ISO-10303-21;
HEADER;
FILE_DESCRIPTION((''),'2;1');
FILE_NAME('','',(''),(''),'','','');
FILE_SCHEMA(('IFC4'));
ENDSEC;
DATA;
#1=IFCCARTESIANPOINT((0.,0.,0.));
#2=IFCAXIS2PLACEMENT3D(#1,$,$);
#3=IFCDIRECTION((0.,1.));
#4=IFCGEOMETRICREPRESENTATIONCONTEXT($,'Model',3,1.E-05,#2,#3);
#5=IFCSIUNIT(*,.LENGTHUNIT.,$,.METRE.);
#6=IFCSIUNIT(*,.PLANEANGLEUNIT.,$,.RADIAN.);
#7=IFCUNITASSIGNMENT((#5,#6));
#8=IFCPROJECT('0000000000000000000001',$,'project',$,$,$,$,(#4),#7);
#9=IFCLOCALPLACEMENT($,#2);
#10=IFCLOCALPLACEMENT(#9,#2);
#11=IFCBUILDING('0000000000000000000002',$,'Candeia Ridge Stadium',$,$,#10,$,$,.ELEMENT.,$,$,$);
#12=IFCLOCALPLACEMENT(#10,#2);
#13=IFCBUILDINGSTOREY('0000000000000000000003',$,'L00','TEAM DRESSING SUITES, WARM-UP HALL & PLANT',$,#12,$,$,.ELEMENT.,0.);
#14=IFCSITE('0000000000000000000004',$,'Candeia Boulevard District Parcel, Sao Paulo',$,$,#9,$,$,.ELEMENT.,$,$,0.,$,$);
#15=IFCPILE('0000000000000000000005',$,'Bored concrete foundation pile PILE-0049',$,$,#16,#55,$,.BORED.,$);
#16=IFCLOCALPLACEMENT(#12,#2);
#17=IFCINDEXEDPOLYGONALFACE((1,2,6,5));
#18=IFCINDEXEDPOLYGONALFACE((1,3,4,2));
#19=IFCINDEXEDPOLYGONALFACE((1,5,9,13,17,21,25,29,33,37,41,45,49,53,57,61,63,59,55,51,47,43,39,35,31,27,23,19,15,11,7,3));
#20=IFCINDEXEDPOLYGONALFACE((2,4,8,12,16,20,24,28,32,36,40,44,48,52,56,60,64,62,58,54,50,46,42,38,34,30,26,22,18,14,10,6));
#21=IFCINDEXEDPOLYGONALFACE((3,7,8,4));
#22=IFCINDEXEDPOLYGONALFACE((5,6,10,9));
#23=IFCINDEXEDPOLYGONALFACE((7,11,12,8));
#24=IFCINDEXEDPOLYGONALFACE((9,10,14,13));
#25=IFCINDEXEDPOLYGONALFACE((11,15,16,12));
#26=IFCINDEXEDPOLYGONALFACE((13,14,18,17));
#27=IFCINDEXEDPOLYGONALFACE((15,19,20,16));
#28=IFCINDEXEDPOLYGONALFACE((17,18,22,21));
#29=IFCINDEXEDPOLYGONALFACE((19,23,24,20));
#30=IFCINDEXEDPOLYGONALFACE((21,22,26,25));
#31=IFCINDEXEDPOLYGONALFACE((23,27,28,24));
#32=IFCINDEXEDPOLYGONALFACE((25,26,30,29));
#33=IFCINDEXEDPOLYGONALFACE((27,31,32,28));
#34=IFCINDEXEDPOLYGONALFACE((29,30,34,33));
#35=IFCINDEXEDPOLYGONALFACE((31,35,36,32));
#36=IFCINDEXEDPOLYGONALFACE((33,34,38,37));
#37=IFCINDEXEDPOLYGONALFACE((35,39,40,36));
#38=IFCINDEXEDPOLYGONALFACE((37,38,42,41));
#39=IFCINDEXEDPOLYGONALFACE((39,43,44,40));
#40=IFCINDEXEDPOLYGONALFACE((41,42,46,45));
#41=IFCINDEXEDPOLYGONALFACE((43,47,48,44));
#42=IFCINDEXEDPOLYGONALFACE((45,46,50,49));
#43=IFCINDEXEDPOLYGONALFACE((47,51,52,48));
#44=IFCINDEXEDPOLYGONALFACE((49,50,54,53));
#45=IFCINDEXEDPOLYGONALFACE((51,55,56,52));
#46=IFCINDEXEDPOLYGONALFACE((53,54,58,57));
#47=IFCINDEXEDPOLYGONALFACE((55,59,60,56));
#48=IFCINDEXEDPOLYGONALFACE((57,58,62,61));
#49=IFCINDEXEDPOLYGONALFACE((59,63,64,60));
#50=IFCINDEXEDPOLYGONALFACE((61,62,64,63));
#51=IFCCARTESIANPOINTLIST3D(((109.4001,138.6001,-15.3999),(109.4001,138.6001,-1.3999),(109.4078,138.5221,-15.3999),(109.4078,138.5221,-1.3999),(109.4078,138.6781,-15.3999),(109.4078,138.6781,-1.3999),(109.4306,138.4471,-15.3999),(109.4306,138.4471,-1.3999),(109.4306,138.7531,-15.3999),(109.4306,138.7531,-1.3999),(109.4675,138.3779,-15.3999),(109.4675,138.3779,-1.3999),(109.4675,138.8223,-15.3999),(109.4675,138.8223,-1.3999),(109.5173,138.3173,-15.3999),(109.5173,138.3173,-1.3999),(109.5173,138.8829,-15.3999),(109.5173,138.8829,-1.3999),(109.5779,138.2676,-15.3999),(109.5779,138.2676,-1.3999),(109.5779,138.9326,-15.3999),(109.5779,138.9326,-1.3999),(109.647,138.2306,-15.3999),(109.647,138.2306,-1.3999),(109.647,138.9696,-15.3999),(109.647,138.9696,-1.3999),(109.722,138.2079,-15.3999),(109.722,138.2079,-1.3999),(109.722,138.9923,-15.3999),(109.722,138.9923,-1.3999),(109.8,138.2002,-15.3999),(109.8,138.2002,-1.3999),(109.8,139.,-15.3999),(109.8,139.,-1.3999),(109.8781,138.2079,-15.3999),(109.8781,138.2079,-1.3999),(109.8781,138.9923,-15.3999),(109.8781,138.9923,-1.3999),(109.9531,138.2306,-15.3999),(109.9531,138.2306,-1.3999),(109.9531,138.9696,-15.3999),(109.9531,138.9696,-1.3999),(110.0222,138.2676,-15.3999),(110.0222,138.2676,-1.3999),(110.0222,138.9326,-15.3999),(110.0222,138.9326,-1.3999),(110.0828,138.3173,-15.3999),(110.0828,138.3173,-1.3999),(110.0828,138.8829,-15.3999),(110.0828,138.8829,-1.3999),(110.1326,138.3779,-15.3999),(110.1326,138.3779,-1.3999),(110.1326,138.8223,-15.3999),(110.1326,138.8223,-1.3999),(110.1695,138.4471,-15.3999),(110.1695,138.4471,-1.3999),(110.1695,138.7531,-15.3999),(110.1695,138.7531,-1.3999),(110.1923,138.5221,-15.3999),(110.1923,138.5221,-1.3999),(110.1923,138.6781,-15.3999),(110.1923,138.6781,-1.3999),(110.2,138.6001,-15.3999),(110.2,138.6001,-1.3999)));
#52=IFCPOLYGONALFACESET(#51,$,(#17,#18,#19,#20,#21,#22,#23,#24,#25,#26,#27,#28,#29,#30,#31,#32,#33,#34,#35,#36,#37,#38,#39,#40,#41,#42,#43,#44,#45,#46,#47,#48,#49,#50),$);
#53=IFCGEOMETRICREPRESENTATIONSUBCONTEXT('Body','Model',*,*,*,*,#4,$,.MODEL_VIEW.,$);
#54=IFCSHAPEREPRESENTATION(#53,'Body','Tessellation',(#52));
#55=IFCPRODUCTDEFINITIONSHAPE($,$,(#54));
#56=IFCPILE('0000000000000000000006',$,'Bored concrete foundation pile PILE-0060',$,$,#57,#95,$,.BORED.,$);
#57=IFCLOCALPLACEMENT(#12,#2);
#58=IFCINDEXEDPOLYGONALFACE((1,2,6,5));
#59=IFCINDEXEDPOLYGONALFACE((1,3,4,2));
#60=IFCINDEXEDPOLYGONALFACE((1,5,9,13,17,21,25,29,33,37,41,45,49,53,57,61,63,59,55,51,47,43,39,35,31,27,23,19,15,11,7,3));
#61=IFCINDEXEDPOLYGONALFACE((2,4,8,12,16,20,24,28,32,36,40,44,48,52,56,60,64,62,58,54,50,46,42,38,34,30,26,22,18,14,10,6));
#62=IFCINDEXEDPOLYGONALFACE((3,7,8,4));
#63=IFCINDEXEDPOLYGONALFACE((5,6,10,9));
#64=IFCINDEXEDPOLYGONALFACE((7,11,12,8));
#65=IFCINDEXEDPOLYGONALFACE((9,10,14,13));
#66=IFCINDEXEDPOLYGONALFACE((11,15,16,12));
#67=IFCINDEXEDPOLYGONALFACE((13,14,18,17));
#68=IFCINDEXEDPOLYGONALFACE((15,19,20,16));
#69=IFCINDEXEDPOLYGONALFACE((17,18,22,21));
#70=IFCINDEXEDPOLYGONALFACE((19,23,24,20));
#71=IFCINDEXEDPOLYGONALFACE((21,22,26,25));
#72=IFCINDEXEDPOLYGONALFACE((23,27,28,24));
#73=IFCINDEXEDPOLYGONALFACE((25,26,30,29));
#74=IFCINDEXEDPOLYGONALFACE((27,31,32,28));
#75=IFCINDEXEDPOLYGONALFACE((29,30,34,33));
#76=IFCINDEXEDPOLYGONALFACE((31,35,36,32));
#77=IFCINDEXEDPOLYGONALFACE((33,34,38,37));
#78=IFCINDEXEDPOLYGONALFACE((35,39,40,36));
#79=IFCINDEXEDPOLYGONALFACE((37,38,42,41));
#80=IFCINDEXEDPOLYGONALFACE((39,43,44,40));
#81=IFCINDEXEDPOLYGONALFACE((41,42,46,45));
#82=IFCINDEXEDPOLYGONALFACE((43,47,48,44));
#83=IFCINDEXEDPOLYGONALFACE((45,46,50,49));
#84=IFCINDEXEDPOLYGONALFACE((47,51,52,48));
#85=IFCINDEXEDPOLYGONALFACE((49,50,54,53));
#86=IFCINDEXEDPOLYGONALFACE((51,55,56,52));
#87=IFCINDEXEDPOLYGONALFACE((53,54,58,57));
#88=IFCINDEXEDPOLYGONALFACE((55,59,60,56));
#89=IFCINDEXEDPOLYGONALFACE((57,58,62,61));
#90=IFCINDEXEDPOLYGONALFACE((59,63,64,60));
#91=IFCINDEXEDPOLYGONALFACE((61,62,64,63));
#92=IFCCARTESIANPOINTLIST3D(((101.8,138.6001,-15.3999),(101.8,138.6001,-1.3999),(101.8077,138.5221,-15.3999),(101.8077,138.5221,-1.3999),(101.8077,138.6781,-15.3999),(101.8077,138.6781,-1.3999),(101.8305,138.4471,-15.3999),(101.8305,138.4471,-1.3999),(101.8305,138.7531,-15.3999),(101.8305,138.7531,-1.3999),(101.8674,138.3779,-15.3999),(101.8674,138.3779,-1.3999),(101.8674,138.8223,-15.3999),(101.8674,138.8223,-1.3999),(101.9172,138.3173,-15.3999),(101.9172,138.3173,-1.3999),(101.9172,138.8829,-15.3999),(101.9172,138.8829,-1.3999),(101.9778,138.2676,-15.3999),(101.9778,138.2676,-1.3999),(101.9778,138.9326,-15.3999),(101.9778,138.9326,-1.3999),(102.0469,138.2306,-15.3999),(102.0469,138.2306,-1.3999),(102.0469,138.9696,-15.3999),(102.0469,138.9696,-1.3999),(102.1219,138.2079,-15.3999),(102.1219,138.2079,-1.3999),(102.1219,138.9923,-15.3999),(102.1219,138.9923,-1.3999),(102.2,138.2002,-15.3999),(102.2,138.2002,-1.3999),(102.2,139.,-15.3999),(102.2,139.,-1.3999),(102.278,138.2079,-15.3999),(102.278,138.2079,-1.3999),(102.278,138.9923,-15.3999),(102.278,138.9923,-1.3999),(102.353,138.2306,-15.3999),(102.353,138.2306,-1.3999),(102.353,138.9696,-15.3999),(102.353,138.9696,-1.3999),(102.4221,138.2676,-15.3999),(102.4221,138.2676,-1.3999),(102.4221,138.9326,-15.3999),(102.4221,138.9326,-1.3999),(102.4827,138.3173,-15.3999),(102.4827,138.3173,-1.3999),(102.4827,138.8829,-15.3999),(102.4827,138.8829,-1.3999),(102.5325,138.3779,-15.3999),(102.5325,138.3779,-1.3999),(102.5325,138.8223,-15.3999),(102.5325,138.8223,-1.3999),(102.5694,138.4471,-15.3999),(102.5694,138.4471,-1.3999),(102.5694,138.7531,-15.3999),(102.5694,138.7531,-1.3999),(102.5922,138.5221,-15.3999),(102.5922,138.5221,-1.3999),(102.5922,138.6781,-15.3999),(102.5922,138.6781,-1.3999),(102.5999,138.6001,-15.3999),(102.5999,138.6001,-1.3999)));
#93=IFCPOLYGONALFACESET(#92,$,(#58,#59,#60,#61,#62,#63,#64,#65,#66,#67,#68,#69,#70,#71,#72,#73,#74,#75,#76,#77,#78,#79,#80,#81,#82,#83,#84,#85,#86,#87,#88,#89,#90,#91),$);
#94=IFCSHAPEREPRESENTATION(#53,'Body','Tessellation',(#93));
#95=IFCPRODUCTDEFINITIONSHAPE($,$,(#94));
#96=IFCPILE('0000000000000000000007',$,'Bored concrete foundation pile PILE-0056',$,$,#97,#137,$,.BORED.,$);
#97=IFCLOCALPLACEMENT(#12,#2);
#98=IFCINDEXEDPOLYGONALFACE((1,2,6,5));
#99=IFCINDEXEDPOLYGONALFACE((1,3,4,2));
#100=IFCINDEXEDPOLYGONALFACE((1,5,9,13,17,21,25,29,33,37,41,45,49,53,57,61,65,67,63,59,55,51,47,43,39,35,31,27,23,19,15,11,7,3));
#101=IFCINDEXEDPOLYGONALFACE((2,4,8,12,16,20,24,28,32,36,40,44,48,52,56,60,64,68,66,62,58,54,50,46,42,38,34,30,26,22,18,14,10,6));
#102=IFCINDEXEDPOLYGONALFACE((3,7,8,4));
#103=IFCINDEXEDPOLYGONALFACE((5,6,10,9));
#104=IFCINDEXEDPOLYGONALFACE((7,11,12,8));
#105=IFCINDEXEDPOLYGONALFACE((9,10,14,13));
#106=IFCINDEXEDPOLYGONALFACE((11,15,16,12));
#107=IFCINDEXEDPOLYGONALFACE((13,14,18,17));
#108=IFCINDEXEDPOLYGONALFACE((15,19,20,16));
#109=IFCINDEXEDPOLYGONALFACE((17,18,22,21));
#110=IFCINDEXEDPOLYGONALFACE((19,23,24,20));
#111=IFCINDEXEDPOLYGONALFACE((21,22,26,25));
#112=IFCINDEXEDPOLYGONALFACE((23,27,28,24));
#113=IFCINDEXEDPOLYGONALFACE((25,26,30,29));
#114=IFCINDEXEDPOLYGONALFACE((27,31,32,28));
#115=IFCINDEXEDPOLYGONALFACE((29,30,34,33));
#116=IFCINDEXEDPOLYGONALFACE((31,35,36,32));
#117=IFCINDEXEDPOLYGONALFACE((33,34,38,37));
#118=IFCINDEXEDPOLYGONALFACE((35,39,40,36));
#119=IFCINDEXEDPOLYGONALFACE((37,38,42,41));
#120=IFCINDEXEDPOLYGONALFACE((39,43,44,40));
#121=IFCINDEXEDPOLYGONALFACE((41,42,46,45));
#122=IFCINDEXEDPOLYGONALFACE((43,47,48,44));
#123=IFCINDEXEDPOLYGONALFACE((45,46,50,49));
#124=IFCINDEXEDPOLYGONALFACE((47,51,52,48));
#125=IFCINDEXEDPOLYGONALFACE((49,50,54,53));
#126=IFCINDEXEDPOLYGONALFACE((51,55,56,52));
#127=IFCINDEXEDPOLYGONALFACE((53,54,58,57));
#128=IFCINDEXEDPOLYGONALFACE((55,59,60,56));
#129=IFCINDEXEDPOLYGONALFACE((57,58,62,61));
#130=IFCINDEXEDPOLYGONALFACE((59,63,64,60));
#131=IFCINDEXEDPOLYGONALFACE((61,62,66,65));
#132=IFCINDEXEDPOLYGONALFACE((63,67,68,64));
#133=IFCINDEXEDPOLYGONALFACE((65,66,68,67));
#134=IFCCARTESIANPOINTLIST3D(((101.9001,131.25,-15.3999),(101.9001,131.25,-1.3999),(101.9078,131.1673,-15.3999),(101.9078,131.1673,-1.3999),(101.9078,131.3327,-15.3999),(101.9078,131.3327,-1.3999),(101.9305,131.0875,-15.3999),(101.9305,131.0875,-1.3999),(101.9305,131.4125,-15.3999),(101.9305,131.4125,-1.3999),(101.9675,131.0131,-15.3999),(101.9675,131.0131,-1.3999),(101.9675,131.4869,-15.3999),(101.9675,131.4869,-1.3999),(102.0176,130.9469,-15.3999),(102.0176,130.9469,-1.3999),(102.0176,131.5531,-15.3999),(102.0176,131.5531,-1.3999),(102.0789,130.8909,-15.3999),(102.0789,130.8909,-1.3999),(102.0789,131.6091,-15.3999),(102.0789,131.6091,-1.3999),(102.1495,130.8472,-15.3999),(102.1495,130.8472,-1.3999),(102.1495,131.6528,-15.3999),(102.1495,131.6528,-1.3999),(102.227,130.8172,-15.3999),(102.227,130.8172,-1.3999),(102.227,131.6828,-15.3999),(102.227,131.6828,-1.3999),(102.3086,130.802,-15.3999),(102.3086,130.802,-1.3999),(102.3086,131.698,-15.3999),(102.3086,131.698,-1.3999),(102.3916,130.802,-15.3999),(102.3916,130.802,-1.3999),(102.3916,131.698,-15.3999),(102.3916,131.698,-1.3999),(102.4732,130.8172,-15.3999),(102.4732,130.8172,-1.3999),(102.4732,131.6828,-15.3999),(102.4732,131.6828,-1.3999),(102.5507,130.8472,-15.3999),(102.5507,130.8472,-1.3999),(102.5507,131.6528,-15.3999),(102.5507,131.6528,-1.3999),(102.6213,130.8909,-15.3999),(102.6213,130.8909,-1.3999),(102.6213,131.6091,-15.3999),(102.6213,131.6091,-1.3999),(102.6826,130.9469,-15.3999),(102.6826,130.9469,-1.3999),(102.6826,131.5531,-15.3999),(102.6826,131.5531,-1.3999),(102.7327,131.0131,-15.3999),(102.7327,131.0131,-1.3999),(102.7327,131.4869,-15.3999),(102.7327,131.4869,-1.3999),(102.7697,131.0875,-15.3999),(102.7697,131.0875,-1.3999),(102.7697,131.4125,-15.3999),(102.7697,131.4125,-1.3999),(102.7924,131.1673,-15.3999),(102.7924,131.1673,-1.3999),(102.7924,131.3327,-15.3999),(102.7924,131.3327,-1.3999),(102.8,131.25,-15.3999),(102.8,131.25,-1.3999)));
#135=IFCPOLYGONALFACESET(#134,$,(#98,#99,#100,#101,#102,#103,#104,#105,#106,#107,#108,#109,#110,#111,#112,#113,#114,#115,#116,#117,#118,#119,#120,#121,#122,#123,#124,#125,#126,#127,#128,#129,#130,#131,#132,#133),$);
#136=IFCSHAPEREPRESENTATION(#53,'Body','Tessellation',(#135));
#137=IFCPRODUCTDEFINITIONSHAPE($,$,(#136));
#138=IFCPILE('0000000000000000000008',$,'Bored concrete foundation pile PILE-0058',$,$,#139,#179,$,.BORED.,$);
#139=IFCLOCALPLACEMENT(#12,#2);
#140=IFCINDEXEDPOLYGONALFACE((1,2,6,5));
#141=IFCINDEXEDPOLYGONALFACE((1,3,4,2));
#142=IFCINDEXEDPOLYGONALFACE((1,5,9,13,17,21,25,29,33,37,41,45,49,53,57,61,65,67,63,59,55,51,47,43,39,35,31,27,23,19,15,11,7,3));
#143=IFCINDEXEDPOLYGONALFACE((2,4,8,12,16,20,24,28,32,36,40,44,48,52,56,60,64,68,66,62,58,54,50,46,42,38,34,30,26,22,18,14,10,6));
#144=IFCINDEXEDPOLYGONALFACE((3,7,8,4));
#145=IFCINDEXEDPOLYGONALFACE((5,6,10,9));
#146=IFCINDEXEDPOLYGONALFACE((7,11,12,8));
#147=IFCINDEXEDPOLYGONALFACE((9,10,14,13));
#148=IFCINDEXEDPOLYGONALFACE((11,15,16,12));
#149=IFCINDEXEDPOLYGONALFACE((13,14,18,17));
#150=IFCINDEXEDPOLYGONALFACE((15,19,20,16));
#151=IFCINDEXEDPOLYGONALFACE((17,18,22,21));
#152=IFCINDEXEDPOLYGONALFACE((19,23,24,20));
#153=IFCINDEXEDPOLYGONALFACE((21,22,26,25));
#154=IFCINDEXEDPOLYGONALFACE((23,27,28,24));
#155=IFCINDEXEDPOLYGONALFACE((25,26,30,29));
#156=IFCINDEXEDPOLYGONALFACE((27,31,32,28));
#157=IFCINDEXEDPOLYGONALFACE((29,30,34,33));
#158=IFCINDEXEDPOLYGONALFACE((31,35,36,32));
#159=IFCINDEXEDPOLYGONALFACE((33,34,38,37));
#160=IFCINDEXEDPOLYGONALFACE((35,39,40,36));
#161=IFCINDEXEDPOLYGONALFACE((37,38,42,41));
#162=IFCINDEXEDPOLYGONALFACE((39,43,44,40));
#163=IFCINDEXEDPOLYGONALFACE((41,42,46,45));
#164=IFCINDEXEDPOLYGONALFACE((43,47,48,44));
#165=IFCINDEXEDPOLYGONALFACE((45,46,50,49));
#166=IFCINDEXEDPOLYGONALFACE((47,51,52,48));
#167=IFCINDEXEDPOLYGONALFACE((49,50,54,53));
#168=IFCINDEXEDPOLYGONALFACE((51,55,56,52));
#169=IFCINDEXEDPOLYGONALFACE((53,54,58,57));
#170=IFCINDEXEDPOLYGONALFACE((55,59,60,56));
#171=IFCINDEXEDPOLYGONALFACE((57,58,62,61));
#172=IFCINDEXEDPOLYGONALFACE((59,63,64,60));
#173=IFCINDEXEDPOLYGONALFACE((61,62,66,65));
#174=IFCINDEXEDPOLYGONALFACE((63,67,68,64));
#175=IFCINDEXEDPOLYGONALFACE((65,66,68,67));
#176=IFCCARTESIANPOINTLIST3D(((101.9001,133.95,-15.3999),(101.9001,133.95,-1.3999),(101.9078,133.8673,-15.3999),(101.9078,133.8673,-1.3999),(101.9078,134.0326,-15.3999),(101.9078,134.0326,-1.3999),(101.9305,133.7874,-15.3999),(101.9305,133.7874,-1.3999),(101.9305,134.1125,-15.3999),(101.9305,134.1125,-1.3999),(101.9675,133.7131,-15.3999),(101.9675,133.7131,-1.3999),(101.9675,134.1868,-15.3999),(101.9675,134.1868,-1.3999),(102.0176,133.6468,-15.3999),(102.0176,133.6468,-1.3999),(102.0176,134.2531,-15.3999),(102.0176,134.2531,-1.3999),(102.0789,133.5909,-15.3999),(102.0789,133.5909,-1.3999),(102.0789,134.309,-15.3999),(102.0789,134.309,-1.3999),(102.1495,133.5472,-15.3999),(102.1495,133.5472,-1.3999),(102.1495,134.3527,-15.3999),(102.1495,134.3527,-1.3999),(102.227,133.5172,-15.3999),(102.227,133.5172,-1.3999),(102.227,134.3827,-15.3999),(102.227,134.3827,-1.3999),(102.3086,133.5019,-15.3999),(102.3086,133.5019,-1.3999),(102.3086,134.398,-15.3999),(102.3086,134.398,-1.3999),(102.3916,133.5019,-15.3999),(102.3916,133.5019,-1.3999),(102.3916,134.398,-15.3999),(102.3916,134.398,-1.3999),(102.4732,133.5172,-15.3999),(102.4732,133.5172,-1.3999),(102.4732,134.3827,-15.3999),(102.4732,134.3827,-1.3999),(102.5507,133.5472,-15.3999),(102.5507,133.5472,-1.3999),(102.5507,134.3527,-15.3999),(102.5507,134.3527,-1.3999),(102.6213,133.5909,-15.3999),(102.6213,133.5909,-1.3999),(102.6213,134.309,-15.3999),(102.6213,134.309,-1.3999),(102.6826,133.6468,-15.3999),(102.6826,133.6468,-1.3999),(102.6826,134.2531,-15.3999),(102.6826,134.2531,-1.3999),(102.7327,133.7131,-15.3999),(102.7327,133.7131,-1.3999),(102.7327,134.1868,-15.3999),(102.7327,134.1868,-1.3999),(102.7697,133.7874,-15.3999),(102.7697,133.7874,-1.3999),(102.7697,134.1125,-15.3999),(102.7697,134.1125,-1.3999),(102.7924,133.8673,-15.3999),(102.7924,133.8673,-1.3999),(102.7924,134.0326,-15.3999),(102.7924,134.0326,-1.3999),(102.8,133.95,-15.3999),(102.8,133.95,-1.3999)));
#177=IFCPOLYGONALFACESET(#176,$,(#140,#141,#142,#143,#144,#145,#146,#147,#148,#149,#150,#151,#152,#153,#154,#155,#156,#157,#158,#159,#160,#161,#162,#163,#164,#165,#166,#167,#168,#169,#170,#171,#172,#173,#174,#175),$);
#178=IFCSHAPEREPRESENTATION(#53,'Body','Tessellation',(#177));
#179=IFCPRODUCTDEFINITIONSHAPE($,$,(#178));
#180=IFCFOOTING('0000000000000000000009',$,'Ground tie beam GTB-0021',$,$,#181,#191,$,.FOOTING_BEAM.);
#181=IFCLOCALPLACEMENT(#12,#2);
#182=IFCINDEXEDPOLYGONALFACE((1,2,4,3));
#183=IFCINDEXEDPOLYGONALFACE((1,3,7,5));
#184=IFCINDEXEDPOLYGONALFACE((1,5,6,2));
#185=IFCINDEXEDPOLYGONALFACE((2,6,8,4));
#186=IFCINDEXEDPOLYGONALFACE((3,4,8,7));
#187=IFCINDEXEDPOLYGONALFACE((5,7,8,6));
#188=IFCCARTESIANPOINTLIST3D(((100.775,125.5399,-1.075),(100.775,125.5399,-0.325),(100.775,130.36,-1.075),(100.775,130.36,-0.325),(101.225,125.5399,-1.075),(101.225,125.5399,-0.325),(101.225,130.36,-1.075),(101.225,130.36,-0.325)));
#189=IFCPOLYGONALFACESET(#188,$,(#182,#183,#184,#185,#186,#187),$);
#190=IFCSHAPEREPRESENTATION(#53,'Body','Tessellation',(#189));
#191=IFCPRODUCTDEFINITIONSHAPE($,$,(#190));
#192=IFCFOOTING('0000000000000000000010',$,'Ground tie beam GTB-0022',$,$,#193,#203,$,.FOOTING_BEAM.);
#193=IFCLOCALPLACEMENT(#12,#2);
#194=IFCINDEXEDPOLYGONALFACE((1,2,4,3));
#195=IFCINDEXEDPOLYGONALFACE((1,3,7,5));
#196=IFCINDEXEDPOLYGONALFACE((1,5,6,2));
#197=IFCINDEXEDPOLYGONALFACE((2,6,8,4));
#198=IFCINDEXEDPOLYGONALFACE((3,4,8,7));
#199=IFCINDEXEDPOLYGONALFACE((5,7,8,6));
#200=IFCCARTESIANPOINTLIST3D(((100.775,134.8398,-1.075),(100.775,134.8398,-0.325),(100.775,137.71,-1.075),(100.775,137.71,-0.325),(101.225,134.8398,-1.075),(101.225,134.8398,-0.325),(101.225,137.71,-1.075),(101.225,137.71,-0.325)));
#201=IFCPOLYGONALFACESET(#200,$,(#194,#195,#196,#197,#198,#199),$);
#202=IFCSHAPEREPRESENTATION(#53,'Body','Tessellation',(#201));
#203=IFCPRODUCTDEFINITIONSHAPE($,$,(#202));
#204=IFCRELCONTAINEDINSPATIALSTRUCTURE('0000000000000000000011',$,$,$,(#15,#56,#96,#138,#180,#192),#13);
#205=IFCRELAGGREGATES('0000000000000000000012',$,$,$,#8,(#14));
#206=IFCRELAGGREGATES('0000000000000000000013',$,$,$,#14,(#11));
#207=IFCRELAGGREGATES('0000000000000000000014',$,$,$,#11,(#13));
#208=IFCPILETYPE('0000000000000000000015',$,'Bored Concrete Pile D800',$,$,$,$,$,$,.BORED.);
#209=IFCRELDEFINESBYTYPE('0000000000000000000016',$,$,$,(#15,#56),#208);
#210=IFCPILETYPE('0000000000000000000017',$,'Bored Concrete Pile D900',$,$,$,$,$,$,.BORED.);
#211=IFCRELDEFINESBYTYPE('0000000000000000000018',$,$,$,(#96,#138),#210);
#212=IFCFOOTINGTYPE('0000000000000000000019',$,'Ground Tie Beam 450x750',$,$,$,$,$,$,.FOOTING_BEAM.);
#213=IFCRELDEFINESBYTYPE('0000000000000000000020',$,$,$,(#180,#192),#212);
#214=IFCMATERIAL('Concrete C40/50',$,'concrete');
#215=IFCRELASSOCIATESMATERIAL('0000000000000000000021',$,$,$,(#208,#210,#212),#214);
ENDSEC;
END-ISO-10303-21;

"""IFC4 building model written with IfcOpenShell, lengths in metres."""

from ifc_helpers import new_model, si_unit, direction, frame, origin, origin_2d, place, context, subcontext, project, spatial, rectangle, circle, extrude, material, material_profile, profile_set, type_object, element, save


model = new_model("IFC4")

# Units and contexts
model_context = context("Model", 3, precision=1e-05, world=origin(), true_north=direction((0.0, 1.0)))
body_context = subcontext(model_context, "Body", "Model", "MODEL_VIEW")
ifc_project = project(units=[si_unit("LENGTHUNIT", "METRE"), si_unit("PLANEANGLEUNIT", "RADIAN")], contexts=[model_context])

# Site, building, storey
site_placement = place(None, origin())
site = spatial("IfcSite", under=ifc_project, at=site_placement, Name="Candeia Boulevard District Parcel, Sao Paulo", CompositionType="ELEMENT", RefElevation=0.0)
building_placement = place(site_placement, origin())
building = spatial("IfcBuilding", under=site, at=building_placement, Name="Candeia Ridge Stadium", CompositionType="ELEMENT")
storey_placement = place(building_placement, origin())
storey = spatial("IfcBuildingStorey", under=building, at=storey_placement, Name="L00", Description="TEAM DRESSING SUITES, WARM-UP HALL & PLANT", CompositionType="ELEMENT", Elevation=0.0)

# Piles
ifc_material_1 = material(Name="Concrete C40/50", Category="concrete")
ifc_material_profile_1 = material_profile(ifc_material_1, circle(Radius=0.3999, at=origin_2d()), Name="PILE-D800", Category="concrete")
ifc_profile_set_1 = profile_set([ifc_material_profile_1], Name="Concrete C40/50")
pile_type_1 = type_object("IfcPileType", Name="Bored Concrete Pile D800", PredefinedType="BORED", material=ifc_profile_set_1)
for number, where, z_axis, x_axis, name in (
    (1, (109.8, 138.6001, -1.3999), (0.0, 0.0, -1.0), (1.0, 0.0, 0.0), "Bored concrete foundation pile PILE-0049"),
    (2, (102.2, 138.6001, -1.3999), (0.0, 0.0, -1.0), (1.0, 0.0, 0.0), "Bored concrete foundation pile PILE-0060"),
):
    element("IfcPile", number, at=place(storey_placement, frame(where, z_axis=z_axis, x_axis=x_axis)), inside=storey, type_object=pile_type_1, Name=name, PredefinedType="BORED", context=body_context, shape_type="SweptSolid", body=[
        extrude(circle(Radius=0.3999, at=origin_2d()), origin(), (0.0, 0.0, 1.0), 14.0),
    ])
ifc_material_profile_2 = material_profile(ifc_material_1, circle(Radius=0.45, at=origin_2d()), Name="PILE-D900", Category="concrete")
ifc_profile_set_2 = profile_set([ifc_material_profile_2], Name="Concrete C40/50")
pile_type_2 = type_object("IfcPileType", Name="Bored Concrete Pile D900", PredefinedType="BORED", material=ifc_profile_set_2)
for number, where, z_axis, x_axis, name in (
    (3, (102.3501, 131.25, -1.3999), (0.0, 0.0, -1.0), (1.0, 0.0, 0.0), "Bored concrete foundation pile PILE-0056"),
    (4, (102.3501, 133.95, -1.3999), (0.0, 0.0, -1.0), (1.0, 0.0, 0.0), "Bored concrete foundation pile PILE-0058"),
):
    element("IfcPile", number, at=place(storey_placement, frame(where, z_axis=z_axis, x_axis=x_axis)), inside=storey, type_object=pile_type_2, Name=name, PredefinedType="BORED", context=body_context, shape_type="SweptSolid", body=[
        extrude(circle(Radius=0.45, at=origin_2d()), origin(), (0.0, 0.0, 1.0), 14.0),
    ])

# Footings
footing_type_1 = type_object("IfcFootingType", Name="Ground Tie Beam 450x750", PredefinedType="FOOTING_BEAM", material=ifc_material_1)
footing_1_placement = place(storey_placement, frame((101.0, 127.95, -1.075), z_axis=(0.0, 0.0, 1.0), x_axis=(0.0, 1.0, 0.0)))
element("IfcFooting", 5, at=footing_1_placement, inside=storey, type_object=footing_type_1, Name="Ground tie beam GTB-0021", PredefinedType="FOOTING_BEAM", context=body_context, shape_type="SweptSolid", body=[
    extrude(rectangle(XDim=4.8201, YDim=0.45, at=origin_2d()), origin(), (0.0, 0.0, 1.0), 0.75),
])
footing_2_placement = place(storey_placement, frame((101.0, 136.2749, -1.075), z_axis=(0.0, 0.0, 1.0), x_axis=(0.0, 1.0, 0.0)))
element("IfcFooting", 6, at=footing_2_placement, inside=storey, type_object=footing_type_1, Name="Ground tie beam GTB-0022", PredefinedType="FOOTING_BEAM", context=body_context, shape_type="SweptSolid", body=[
    extrude(rectangle(XDim=2.8701, YDim=0.45, at=origin_2d()), origin(), (0.0, 0.0, 1.0), 0.75),
])

save(model, "model.ifc")
